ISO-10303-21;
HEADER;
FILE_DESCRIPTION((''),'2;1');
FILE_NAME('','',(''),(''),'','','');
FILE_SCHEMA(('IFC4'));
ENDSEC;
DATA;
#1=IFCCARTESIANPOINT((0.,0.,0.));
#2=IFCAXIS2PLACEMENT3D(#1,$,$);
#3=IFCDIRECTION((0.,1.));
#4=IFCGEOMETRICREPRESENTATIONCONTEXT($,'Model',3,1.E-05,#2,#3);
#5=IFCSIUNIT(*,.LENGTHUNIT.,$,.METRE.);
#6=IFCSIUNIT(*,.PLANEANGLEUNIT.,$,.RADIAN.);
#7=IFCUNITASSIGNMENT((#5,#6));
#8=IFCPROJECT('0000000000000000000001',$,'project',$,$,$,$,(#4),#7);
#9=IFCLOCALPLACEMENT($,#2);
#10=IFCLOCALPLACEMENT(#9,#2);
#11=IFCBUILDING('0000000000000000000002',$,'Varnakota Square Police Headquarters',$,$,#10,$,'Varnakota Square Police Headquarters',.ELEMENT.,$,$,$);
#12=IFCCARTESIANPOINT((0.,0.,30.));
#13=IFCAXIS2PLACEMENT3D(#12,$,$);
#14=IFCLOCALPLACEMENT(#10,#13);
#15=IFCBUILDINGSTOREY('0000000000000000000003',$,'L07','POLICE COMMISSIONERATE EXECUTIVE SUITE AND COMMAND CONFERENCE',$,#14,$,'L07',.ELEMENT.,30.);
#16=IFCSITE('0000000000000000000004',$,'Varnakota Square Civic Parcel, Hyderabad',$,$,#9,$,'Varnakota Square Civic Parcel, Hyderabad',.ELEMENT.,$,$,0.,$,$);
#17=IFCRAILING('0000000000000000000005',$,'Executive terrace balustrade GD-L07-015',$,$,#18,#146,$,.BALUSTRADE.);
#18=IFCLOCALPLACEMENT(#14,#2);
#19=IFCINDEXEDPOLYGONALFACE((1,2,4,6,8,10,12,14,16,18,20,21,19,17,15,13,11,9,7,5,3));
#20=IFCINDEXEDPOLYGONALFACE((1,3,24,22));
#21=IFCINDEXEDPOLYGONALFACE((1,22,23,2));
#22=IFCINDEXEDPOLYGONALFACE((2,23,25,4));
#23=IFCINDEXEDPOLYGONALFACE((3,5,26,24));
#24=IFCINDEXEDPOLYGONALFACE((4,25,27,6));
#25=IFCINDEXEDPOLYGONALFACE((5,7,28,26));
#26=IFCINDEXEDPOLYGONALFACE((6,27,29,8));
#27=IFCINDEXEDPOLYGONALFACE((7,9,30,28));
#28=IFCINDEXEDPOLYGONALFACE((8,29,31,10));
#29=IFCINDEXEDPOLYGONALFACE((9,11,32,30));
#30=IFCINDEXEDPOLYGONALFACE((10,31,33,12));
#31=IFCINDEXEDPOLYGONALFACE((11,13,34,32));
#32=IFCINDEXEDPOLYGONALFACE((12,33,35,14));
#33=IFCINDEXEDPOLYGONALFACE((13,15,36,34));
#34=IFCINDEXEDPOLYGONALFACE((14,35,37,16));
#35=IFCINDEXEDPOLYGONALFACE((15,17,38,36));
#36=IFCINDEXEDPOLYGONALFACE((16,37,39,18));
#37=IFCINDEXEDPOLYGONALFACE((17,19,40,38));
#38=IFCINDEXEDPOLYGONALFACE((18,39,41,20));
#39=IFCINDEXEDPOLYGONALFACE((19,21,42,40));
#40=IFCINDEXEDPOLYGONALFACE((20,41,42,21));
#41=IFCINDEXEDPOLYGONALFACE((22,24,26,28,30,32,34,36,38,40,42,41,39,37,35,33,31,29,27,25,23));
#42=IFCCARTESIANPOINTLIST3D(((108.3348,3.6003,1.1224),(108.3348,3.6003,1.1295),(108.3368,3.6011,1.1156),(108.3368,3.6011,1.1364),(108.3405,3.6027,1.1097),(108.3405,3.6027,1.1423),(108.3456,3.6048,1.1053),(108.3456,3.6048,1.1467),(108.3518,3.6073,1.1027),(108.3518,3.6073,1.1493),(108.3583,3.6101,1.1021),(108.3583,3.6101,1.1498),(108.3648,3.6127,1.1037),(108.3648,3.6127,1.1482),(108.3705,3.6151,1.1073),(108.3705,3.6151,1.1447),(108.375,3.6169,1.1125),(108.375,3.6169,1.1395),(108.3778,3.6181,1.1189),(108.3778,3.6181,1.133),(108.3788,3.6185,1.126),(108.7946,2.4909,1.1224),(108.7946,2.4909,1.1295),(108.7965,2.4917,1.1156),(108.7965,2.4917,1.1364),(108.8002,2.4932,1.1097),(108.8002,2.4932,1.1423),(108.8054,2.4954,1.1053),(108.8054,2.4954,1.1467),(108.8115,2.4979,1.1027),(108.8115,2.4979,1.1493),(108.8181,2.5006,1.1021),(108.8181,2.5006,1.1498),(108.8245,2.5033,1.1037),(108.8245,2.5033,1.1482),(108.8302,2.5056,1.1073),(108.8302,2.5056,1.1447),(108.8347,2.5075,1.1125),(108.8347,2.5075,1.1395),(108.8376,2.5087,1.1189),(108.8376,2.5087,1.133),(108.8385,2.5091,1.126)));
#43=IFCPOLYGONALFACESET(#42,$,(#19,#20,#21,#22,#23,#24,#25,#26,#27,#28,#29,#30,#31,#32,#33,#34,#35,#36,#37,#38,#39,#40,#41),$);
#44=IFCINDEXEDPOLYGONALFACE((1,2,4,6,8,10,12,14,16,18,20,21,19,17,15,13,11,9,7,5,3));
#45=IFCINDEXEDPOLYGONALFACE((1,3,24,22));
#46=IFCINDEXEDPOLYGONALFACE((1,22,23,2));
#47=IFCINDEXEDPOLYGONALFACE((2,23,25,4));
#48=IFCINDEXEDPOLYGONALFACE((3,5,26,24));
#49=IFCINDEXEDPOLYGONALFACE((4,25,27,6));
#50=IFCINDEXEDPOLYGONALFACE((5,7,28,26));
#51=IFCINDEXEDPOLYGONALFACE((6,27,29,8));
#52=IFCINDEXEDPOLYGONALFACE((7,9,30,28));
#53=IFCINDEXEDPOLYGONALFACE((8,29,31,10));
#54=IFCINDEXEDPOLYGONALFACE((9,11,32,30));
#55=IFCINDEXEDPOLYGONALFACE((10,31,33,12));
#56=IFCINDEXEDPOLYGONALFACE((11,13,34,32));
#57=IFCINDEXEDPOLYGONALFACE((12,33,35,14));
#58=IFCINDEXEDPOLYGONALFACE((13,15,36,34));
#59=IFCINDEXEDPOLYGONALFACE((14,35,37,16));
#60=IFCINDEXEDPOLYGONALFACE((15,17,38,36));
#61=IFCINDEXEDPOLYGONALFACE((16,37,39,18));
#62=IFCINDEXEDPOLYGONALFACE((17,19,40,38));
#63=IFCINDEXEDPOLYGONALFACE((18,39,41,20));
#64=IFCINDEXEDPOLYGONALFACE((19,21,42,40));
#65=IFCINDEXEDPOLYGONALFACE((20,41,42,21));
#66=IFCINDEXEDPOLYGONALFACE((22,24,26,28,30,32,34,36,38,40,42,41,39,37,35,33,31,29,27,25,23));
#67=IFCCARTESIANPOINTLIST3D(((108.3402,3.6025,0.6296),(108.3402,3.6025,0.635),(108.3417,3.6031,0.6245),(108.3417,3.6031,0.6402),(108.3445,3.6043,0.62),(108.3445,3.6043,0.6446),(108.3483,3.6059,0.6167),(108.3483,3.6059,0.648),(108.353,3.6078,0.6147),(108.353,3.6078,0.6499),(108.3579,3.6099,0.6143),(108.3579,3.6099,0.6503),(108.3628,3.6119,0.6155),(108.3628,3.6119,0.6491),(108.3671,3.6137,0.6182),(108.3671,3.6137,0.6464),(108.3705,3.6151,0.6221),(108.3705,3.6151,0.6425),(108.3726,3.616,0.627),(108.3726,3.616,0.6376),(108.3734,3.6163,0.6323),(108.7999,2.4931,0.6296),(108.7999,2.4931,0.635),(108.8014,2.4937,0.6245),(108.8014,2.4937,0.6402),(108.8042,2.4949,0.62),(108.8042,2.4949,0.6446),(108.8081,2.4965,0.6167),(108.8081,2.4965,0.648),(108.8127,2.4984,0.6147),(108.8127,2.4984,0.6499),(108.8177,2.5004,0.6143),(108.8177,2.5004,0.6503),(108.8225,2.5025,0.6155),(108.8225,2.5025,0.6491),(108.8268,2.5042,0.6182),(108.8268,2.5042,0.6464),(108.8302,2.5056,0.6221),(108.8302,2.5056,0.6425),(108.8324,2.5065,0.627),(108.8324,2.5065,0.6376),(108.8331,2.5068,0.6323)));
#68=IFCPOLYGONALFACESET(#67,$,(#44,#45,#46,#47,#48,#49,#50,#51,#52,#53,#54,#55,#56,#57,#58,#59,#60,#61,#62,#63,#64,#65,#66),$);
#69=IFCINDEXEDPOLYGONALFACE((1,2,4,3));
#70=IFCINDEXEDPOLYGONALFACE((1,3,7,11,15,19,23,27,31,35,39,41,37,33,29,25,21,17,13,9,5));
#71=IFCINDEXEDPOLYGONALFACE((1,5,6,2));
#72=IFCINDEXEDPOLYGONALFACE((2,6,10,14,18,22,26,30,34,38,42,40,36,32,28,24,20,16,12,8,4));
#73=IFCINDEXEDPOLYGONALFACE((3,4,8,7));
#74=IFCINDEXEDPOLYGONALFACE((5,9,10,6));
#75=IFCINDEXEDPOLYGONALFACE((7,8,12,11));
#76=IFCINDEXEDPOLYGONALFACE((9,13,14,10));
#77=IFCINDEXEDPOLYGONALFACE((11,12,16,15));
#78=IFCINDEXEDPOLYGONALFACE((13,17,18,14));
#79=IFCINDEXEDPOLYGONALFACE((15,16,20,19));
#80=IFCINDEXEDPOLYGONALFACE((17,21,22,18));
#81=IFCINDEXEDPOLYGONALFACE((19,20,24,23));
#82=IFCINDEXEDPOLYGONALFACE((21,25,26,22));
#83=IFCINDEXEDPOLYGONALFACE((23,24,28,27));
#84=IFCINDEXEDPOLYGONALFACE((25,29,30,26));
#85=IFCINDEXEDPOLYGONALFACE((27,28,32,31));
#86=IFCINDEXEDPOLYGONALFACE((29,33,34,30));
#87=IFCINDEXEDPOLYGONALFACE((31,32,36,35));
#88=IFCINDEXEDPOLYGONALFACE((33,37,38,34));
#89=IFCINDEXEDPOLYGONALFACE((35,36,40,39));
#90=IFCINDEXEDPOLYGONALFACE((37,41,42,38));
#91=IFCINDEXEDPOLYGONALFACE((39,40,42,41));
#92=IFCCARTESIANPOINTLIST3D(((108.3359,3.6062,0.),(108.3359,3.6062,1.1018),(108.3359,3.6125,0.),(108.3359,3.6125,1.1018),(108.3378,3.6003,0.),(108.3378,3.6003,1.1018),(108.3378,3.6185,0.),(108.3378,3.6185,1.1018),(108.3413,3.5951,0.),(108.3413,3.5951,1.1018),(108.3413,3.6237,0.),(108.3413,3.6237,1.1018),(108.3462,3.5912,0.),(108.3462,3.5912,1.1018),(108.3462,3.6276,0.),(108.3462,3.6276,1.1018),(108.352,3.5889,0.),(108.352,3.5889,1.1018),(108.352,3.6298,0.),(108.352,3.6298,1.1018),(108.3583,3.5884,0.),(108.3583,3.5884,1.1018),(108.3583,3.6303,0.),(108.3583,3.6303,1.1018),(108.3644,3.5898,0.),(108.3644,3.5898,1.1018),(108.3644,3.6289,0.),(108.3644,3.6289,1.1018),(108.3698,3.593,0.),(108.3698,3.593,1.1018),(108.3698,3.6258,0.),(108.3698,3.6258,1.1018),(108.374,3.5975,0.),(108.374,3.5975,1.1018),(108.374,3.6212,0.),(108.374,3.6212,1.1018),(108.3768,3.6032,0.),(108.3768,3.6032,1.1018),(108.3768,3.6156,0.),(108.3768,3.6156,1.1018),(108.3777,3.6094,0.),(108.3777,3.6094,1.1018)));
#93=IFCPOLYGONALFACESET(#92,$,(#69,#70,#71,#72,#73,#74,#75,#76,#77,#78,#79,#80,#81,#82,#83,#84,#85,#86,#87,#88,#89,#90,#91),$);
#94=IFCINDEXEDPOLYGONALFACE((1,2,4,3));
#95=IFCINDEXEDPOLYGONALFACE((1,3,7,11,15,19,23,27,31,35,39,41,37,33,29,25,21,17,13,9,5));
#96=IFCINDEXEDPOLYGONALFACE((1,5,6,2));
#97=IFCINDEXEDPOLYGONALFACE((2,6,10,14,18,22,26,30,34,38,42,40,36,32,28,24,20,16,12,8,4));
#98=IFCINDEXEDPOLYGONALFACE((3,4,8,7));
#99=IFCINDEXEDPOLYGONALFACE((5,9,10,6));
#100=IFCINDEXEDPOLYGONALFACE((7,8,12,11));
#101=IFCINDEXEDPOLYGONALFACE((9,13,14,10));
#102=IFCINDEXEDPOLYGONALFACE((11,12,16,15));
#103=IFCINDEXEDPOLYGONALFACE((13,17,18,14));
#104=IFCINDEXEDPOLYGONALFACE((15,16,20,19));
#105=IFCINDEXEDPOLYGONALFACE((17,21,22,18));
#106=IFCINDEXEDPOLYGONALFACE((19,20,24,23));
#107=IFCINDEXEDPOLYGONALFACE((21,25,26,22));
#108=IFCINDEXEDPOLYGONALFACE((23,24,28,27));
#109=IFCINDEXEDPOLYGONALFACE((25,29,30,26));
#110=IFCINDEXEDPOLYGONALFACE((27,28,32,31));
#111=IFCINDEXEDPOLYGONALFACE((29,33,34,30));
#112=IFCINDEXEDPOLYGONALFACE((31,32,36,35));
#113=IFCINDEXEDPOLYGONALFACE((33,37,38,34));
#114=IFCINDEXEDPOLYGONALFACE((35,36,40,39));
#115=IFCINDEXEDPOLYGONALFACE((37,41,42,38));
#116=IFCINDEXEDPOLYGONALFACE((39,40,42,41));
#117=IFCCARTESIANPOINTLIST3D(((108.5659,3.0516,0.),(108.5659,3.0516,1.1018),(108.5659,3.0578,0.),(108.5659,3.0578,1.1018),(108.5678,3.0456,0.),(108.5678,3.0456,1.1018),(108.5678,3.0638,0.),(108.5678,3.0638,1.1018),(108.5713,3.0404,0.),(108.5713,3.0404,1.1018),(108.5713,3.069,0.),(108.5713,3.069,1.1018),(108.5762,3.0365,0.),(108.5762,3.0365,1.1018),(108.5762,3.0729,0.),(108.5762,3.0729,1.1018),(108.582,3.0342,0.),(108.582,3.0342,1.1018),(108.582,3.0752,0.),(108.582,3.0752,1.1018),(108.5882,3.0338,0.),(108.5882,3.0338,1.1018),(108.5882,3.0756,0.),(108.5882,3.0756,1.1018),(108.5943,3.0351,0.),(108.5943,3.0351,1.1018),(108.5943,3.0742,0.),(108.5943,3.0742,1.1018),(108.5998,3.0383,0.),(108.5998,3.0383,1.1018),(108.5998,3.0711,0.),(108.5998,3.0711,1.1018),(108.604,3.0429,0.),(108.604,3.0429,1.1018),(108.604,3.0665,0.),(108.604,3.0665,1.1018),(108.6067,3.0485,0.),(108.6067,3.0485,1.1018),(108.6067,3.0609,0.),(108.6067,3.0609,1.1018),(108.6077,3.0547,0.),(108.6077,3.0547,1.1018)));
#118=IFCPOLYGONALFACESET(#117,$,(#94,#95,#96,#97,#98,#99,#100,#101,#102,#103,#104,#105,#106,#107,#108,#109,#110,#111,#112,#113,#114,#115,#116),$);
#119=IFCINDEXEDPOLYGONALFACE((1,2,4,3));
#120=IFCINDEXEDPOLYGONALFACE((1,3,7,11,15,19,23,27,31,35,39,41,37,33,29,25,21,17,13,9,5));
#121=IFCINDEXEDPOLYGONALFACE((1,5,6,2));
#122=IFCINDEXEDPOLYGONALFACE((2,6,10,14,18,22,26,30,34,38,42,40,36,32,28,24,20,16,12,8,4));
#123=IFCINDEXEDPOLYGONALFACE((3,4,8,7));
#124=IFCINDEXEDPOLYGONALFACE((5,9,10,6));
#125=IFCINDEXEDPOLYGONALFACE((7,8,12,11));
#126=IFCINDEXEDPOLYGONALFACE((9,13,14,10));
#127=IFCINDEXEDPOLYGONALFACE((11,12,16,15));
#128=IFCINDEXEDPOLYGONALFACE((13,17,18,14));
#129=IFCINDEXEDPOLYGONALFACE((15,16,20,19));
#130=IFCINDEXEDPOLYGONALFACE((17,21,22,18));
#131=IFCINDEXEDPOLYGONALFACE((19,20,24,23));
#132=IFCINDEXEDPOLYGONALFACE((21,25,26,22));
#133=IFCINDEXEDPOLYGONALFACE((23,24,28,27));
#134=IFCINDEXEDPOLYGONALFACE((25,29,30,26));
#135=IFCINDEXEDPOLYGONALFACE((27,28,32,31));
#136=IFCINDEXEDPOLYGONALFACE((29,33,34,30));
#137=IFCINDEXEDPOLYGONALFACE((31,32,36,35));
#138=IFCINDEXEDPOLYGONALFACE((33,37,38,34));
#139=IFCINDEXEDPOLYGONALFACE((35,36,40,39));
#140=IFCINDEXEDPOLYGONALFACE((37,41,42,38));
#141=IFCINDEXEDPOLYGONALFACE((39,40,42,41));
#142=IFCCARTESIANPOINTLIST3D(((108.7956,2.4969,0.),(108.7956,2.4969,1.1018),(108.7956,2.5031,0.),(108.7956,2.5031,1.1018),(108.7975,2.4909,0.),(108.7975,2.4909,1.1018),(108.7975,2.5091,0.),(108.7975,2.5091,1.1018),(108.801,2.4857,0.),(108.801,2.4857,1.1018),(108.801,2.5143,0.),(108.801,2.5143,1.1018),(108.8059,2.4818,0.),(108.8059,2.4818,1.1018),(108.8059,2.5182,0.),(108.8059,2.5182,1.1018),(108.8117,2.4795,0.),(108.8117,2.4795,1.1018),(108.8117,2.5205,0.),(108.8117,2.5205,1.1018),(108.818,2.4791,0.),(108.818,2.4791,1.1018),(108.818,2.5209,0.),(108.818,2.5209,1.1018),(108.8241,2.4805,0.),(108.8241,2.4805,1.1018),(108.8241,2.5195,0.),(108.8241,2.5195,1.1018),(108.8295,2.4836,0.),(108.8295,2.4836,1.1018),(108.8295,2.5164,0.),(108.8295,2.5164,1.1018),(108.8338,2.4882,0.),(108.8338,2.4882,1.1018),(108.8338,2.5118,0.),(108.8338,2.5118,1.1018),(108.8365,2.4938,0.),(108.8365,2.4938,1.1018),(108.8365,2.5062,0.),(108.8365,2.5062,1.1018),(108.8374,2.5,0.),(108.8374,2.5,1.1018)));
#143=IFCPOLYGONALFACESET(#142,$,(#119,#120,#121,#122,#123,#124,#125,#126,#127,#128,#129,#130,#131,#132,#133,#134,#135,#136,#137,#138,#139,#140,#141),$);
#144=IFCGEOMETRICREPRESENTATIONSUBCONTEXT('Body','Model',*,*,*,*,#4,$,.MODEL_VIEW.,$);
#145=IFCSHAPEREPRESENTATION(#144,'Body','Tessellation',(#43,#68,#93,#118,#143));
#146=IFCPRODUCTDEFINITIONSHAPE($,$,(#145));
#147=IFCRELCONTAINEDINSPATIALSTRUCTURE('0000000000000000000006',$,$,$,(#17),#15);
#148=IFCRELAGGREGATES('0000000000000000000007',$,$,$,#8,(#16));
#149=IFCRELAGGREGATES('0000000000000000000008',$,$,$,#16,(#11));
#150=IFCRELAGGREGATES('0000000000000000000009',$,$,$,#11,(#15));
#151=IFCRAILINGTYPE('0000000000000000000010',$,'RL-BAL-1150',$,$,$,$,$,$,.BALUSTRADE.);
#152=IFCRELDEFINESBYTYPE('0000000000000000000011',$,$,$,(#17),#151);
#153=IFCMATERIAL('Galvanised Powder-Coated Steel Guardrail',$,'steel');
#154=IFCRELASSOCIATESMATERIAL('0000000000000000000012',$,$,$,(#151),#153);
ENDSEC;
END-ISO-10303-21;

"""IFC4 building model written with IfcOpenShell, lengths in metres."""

from ifc_helpers import new_model, si_unit, direction, frame, origin, origin_2d, place, context, subcontext, project, spatial, circle, extrude, material, type_object, element, save


model = new_model("IFC4")

# Units and contexts
model_context = context("Model", 3, precision=1e-05, world=origin(), true_north=direction((0.0, 1.0)))
body_context = subcontext(model_context, "Body", "Model", "MODEL_VIEW")
ifc_project = project(units=[si_unit("LENGTHUNIT", "METRE"), si_unit("PLANEANGLEUNIT", "RADIAN")], contexts=[model_context])

# Site, building, storey
site_placement = place(None, origin())
site = spatial("IfcSite", under=ifc_project, at=site_placement, Name="Varnakota Square Civic Parcel, Hyderabad", LongName="Varnakota Square Civic Parcel, Hyderabad", CompositionType="ELEMENT", RefElevation=0.0)
building_placement = place(site_placement, origin())
building = spatial("IfcBuilding", under=site, at=building_placement, Name="Varnakota Square Police Headquarters", LongName="Varnakota Square Police Headquarters", CompositionType="ELEMENT")
storey_placement = place(building_placement, frame((0.0, 0.0, 30.0)))
storey = spatial("IfcBuildingStorey", under=building, at=storey_placement, Name="L07", Description="POLICE COMMISSIONERATE EXECUTIVE SUITE AND COMMAND CONFERENCE", LongName="L07", CompositionType="ELEMENT", Elevation=30.0)

# Railing
ifc_material_1 = material(Name="Galvanised Powder-Coated Steel Guardrail", Category="steel")
railing_type = type_object("IfcRailingType", Name="RL-BAL-1150", PredefinedType="BALUSTRADE", material=ifc_material_1)
railing_1_placement = place(storey_placement, frame((108.3567, 3.6094, 0.0)))
element("IfcRailing", 1, at=railing_1_placement, inside=storey, type_object=railing_type, Name="Executive terrace balustrade GD-L07-015", PredefinedType="BALUSTRADE", context=body_context, shape_type="SweptSolid", body=[
    extrude(circle(Radius=0.0239, at=origin_2d()), frame((0.0, 0.0, 1.126), z_axis=(0.382825, -0.923821, 0.0), x_axis=(0.923821, 0.382825, 0.0)), (0.0, 0.0, 1.0), 1.2009),
    extrude(circle(Radius=0.0181, at=origin_2d()), frame((0.0, 0.0, 0.6323), z_axis=(0.382825, -0.923821, 0.0), x_axis=(0.923821, 0.382825, 0.0)), (0.0, 0.0, 1.0), 1.2009),
    extrude(circle(Radius=0.021, at=origin_2d()), origin(), (0.0, 0.0, 1.0), 1.1018),
    extrude(circle(Radius=0.021, at=origin_2d()), frame((0.23, -0.5547, 0.0)), (0.0, 0.0, 1.0), 1.1018),
    extrude(circle(Radius=0.021, at=origin_2d()), frame((0.4597, -1.1094, 0.0)), (0.0, 0.0, 1.0), 1.1018),
])

save(model, "model.ifc")
